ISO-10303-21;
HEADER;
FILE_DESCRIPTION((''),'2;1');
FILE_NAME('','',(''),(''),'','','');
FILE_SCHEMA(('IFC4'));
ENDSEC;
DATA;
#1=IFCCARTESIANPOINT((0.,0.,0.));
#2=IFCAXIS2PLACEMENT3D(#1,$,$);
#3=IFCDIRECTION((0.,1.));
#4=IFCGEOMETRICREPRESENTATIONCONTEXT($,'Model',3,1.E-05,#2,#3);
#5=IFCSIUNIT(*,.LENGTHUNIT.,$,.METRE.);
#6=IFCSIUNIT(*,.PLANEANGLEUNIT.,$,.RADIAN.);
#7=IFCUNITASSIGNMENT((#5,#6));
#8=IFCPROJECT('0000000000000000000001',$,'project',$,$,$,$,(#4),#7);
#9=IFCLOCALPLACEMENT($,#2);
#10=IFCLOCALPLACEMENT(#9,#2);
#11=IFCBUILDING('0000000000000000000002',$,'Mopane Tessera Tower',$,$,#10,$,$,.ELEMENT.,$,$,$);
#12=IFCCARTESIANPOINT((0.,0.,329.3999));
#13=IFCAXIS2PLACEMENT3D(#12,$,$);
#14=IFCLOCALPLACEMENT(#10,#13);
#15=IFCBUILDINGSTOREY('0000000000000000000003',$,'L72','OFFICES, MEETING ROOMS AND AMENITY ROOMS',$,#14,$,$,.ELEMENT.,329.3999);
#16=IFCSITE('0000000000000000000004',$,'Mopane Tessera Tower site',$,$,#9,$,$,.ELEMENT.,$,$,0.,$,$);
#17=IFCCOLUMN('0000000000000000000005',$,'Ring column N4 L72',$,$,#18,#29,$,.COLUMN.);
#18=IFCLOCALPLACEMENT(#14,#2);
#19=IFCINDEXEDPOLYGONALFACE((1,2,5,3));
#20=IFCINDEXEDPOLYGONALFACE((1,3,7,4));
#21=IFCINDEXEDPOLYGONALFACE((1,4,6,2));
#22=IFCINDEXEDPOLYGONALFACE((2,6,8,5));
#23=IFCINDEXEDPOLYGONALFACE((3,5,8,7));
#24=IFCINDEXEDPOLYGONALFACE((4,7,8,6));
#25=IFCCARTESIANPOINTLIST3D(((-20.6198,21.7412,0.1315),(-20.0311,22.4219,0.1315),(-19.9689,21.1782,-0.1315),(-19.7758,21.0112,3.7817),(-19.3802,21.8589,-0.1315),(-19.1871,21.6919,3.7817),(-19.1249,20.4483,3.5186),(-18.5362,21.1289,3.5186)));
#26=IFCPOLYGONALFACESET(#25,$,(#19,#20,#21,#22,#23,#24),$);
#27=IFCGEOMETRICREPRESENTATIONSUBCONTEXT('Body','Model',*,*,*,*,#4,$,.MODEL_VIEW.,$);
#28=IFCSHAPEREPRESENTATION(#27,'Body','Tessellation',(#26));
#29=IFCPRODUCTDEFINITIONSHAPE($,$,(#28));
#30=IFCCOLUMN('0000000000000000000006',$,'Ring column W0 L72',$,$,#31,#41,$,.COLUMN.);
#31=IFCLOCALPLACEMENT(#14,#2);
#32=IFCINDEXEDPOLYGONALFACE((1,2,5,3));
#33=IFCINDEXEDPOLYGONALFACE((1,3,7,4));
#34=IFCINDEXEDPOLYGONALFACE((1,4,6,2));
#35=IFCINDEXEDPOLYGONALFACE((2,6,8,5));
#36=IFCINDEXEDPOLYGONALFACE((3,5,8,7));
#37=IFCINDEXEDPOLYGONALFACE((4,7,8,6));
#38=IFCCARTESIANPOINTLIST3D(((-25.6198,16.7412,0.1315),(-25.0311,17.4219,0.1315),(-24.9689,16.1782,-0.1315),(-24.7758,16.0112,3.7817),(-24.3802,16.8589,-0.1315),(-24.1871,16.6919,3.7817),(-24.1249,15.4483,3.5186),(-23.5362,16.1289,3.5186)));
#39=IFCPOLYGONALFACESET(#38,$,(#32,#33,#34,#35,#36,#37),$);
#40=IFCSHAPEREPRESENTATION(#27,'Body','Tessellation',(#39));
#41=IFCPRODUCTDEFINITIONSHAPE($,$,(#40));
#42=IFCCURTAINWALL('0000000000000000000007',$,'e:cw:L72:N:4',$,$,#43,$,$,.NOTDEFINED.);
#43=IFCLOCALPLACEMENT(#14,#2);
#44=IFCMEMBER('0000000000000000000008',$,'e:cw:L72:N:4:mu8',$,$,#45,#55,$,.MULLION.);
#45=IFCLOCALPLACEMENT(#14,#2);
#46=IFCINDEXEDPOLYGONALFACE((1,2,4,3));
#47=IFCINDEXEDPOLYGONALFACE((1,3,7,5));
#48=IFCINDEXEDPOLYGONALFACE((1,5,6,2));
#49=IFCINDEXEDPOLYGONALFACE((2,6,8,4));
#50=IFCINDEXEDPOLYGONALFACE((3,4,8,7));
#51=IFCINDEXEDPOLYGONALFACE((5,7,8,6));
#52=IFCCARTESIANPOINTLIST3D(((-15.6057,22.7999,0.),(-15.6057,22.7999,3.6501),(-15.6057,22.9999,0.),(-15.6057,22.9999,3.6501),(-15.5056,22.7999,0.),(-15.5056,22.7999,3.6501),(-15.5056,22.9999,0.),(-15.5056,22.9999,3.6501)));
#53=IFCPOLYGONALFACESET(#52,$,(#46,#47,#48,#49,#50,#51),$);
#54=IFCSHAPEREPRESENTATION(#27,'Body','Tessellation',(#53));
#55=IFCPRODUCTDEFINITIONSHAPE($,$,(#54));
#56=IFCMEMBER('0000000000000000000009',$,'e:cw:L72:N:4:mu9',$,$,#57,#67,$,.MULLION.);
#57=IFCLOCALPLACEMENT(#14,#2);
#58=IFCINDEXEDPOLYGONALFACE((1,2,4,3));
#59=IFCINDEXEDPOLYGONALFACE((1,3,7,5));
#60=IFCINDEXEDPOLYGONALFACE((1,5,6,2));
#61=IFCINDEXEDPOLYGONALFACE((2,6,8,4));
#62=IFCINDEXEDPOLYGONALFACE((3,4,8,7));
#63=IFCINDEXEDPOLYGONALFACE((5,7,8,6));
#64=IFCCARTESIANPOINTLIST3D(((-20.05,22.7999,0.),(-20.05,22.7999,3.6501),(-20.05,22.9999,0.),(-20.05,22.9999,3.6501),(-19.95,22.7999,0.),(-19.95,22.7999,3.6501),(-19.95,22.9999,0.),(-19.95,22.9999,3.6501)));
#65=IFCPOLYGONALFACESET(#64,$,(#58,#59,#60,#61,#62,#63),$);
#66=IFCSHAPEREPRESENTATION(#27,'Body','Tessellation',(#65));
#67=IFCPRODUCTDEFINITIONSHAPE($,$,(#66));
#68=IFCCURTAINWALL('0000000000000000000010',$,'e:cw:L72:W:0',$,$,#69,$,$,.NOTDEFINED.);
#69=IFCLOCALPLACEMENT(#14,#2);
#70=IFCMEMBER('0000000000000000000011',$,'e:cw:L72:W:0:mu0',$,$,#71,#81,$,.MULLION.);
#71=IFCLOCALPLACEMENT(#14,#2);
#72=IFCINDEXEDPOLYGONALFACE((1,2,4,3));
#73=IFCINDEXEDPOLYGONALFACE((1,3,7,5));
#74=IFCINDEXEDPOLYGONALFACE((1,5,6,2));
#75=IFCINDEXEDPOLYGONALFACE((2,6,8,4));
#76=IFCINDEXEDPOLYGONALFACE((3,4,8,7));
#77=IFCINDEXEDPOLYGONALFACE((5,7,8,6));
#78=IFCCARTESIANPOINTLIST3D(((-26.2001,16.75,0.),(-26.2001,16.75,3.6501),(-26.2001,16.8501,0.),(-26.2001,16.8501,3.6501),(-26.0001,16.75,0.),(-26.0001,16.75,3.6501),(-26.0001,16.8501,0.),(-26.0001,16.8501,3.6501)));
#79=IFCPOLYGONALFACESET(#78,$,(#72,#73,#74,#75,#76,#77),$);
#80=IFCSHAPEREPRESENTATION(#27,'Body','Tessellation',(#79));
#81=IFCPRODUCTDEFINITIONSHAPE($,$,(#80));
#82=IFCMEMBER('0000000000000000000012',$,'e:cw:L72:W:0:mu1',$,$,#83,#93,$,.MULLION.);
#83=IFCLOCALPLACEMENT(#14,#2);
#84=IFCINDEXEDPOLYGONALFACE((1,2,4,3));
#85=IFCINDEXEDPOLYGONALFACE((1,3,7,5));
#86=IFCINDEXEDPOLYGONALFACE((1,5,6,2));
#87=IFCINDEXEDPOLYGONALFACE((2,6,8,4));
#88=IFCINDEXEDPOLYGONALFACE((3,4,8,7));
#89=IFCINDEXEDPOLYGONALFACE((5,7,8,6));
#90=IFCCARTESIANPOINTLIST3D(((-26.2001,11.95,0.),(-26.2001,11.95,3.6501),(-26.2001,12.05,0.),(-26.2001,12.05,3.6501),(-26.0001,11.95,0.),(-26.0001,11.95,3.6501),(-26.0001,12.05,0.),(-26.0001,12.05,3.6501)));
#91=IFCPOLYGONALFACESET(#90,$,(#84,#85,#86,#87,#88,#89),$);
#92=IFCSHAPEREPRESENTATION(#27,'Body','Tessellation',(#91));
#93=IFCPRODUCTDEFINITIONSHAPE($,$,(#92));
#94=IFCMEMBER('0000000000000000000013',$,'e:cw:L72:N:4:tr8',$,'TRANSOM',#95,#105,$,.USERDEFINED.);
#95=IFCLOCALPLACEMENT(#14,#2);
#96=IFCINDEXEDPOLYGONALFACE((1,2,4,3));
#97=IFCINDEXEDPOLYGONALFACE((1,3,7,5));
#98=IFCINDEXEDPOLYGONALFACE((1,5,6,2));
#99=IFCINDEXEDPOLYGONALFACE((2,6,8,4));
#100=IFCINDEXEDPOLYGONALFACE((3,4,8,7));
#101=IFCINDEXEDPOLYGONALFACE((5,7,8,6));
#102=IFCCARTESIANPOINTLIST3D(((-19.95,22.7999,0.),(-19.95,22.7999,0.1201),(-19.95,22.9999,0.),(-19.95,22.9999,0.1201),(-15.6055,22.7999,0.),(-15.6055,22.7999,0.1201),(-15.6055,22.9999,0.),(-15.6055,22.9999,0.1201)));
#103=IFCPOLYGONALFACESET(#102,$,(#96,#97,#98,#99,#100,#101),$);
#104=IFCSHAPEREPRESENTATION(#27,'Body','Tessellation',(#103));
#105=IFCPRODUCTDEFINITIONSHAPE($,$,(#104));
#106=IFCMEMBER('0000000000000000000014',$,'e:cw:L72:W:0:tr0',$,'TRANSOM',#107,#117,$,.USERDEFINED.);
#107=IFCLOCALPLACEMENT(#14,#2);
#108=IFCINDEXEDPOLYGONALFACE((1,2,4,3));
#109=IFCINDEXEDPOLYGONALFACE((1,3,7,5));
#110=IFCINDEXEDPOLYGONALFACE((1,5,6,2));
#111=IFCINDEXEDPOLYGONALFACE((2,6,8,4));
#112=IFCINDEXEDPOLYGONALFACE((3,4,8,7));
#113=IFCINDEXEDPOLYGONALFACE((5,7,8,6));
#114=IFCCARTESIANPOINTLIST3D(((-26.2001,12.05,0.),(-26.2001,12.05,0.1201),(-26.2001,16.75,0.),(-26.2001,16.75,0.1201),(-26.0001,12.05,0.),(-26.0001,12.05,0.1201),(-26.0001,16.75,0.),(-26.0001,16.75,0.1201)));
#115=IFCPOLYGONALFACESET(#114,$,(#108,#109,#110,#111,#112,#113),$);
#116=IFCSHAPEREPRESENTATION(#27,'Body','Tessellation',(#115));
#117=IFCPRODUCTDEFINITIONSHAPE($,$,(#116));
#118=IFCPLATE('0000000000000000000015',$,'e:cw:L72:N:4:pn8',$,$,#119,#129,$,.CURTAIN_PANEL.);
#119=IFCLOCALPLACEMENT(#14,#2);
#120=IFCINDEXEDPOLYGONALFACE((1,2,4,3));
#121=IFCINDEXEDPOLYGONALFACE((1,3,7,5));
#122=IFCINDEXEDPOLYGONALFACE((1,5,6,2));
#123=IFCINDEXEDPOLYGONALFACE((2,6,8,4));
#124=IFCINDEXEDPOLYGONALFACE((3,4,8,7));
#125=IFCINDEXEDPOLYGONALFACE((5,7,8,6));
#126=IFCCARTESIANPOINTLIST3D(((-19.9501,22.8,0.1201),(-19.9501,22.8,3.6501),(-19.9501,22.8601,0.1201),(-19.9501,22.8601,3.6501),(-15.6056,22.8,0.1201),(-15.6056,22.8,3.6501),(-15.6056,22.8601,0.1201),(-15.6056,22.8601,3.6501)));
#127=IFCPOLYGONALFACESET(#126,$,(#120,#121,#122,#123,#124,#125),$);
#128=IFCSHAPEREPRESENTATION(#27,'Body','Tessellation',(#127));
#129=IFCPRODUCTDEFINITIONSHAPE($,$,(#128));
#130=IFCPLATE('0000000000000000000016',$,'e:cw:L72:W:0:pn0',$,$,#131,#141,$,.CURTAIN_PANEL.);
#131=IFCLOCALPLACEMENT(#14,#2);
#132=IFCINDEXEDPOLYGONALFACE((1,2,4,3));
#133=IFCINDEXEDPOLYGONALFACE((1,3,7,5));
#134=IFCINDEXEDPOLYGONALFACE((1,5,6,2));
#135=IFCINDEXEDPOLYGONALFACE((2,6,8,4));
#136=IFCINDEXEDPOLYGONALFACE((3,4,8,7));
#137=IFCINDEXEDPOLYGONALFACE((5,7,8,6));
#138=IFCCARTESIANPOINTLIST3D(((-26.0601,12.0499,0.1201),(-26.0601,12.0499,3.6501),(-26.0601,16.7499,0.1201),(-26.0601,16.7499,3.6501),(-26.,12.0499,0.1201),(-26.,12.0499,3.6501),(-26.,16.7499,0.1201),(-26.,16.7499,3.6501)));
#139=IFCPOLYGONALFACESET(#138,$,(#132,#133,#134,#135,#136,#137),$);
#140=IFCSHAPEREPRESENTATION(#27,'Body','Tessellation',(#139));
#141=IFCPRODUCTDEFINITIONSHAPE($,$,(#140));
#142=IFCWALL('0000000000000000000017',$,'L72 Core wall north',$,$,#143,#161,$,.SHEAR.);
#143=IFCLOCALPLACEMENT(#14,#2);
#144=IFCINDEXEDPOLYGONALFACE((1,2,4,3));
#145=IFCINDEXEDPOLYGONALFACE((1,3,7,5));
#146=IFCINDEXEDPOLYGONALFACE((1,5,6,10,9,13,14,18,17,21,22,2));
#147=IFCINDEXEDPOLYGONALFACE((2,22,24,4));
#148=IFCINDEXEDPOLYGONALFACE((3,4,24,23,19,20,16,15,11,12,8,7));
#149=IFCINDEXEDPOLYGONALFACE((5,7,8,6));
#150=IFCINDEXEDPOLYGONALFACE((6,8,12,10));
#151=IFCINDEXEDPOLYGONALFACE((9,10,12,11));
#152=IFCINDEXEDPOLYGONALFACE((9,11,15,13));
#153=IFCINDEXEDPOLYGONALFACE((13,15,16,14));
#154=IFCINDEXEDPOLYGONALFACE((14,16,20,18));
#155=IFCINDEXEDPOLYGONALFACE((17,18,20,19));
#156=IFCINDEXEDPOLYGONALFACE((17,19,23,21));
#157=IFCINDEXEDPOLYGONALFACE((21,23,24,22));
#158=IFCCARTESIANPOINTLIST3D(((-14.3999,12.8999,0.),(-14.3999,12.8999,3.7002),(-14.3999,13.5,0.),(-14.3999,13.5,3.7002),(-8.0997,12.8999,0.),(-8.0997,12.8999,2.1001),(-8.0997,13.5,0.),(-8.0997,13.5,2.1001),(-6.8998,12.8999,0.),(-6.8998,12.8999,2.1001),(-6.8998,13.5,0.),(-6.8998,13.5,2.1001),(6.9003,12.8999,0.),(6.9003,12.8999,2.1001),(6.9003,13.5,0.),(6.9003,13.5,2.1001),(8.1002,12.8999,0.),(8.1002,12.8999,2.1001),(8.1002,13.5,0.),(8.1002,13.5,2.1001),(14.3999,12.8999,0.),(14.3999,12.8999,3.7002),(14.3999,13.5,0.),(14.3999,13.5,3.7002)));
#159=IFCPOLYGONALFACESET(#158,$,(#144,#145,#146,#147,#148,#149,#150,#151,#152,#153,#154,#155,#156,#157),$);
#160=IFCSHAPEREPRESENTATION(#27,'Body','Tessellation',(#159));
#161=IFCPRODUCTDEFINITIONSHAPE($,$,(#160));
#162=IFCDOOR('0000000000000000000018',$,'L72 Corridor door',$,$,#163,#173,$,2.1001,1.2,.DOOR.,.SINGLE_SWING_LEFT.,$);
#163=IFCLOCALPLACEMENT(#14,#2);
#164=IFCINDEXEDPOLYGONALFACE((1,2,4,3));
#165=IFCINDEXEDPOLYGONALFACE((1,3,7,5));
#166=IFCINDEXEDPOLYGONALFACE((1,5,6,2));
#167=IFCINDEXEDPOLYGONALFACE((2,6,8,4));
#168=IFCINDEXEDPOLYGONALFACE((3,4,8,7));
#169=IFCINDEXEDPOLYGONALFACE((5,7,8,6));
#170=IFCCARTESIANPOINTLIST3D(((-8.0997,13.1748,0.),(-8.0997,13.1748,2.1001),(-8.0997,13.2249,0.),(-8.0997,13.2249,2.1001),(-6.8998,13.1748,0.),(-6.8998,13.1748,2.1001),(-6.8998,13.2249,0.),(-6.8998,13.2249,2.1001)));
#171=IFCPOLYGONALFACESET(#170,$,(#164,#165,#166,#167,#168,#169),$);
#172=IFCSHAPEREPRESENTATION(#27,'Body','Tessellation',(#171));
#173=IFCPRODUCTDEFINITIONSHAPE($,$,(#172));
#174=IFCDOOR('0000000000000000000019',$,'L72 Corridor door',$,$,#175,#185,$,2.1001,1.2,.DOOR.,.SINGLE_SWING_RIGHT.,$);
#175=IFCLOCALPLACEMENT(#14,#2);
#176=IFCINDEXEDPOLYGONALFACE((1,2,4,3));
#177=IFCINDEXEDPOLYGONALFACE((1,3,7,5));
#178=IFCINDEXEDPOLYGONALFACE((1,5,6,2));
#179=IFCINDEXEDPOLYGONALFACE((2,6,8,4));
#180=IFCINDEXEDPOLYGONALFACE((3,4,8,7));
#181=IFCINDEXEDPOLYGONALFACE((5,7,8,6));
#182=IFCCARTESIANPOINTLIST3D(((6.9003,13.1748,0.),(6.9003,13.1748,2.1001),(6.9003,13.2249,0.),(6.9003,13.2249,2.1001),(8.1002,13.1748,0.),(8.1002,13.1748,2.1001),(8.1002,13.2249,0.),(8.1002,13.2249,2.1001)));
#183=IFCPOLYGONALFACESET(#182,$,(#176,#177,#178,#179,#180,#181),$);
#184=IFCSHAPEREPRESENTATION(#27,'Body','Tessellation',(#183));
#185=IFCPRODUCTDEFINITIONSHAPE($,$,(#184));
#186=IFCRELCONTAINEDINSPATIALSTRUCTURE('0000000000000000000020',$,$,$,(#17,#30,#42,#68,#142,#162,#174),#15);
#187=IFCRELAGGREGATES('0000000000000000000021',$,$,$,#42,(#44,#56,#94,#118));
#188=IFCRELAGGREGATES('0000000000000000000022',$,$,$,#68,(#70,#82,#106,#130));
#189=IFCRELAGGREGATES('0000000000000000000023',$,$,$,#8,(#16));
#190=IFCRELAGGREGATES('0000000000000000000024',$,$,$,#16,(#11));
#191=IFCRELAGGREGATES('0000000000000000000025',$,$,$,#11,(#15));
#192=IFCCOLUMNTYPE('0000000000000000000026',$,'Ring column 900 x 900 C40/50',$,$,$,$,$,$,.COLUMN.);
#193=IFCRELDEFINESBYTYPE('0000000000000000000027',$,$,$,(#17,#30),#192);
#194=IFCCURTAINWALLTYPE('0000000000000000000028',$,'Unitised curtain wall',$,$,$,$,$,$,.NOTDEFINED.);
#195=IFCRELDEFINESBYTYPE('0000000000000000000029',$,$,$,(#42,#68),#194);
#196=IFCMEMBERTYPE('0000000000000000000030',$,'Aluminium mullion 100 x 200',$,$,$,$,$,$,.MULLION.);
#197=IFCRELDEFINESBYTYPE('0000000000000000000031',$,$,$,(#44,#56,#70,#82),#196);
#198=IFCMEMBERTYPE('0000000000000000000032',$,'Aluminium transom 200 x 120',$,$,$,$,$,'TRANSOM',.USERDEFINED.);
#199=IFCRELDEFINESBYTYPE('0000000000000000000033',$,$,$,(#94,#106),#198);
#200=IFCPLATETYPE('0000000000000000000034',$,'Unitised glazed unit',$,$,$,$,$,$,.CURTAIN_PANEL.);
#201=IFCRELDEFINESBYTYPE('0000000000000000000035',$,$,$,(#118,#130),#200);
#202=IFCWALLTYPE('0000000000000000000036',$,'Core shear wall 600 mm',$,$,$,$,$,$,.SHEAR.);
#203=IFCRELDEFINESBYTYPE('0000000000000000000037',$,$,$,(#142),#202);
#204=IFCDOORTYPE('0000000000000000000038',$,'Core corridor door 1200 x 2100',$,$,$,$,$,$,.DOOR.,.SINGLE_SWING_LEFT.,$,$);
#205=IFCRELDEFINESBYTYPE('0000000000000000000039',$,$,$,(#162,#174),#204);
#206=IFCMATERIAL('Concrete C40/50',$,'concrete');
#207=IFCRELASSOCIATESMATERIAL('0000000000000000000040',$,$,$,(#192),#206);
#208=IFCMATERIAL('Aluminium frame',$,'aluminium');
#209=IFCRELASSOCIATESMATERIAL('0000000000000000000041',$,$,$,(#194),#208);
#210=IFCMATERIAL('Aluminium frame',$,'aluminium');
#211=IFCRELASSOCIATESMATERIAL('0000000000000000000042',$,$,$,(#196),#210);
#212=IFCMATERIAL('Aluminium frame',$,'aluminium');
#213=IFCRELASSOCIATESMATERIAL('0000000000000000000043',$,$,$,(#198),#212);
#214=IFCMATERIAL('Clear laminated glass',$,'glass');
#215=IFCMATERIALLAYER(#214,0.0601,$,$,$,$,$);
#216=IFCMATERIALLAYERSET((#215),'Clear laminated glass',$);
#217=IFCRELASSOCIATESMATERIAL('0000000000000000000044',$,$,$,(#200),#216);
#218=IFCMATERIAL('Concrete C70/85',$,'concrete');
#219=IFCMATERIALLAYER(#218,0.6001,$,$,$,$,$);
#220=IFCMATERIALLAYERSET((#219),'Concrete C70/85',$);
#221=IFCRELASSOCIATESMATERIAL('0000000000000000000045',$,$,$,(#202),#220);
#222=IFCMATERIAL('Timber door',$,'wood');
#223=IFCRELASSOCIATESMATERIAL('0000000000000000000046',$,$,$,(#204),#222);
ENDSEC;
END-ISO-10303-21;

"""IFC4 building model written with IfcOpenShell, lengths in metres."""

from ifc_helpers import new_model, si_unit, direction, frame, frame_2d, origin, origin_2d, place, context, subcontext, project, spatial, rectangle, extrude, material, layer, layer_set, material_profile, profile_set, type_object, element, fill, aggregate, save


model = new_model("IFC4")

# Units and contexts
model_context = context("Model", 3, precision=1e-05, world=origin(), true_north=direction((0.0, 1.0)))
body_context = subcontext(model_context, "Body", "Model", "MODEL_VIEW")
ifc_project = project(units=[si_unit("LENGTHUNIT", "METRE"), si_unit("PLANEANGLEUNIT", "RADIAN")], contexts=[model_context])

# Site, building, storey
site_placement = place(None, origin())
site = spatial("IfcSite", under=ifc_project, at=site_placement, Name="Mopane Tessera Tower site", CompositionType="ELEMENT", RefElevation=0.0)
building_placement = place(site_placement, origin())
building = spatial("IfcBuilding", under=site, at=building_placement, Name="Mopane Tessera Tower", CompositionType="ELEMENT")
storey_placement = place(building_placement, frame((0.0, 0.0, 329.3999)))
storey = spatial("IfcBuildingStorey", under=building, at=storey_placement, Name="L72", Description="OFFICES, MEETING ROOMS AND AMENITY ROOMS", CompositionType="ELEMENT", Elevation=329.3999)

# Columns
ifc_material_1 = material(Name="Concrete C40/50", Category="concrete")
ifc_material_profile_1 = material_profile(ifc_material_1, rectangle(XDim=0.8999, YDim=0.8999, at=origin_2d()))
ifc_profile_set_1 = profile_set([ifc_material_profile_1], Name="Concrete C40/50")
column_type = type_object("IfcColumnType", Name="Ring column 900 x 900 C40/50", PredefinedType="COLUMN", material=ifc_profile_set_1)
for number, where, z_axis, x_axis, name in (
    (1, (-20.0, 21.8, 0.0), (0.22112, -0.191249, 0.95631), (0.654172, 0.756346, 0.0), "Ring column N4 L72"),
    (2, (-25.0, 16.8, 0.0), (0.22112, -0.191249, 0.95631), (0.654172, 0.756346, 0.0), "Ring column W0 L72"),
):
    element("IfcColumn", number, at=place(storey_placement, frame(where, z_axis=z_axis, x_axis=x_axis)), inside=storey, type_object=column_type, Name=name, PredefinedType="COLUMN", context=body_context, shape_type="SweptSolid", body=[
        extrude(rectangle(XDim=0.8999, YDim=0.8999, at=origin_2d()), origin(), (0.0, 0.0, 1.0), 3.8169),
    ])

# Curtain walls, members
ifc_material_2 = material(Name="Aluminium frame", Category="aluminium")
curtain_wall_type = type_object("IfcCurtainWallType", Name="Unitised curtain wall", PredefinedType="NOTDEFINED", material=ifc_material_2)
curtain_wall_1_placement = place(storey_placement, origin())
curtain_wall_1 = element("IfcCurtainWall", 3, at=curtain_wall_1_placement, inside=storey, type_object=curtain_wall_type, Name="e:cw:L72:N:4", PredefinedType="NOTDEFINED")
ifc_material_3 = material(Name="Aluminium frame", Category="aluminium")
ifc_material_profile_2 = material_profile(ifc_material_3, rectangle(XDim=0.1001, YDim=0.2, at=origin_2d()))
ifc_profile_set_2 = profile_set([ifc_material_profile_2], Name="Aluminium frame")
member_type_1 = type_object("IfcMemberType", Name="Aluminium mullion 100 x 200", PredefinedType="MULLION", material=ifc_profile_set_2)
member_1_placement = place(storey_placement, frame((-15.5557, 22.8999, 0.0), z_axis=(0.0, 0.0, 1.0), x_axis=(-1.0, 0.0, 0.0)))
member_1 = element("IfcMember", 4, at=member_1_placement, type_object=member_type_1, Name="e:cw:L72:N:4:mu8", PredefinedType="MULLION", context=body_context, shape_type="SweptSolid", body=[
    extrude(rectangle(XDim=0.1001, YDim=0.2, at=origin_2d()), origin(), (0.0, 0.0, 1.0), 3.6501),
])
member_2_placement = place(storey_placement, frame((-20.0, 22.8999, 0.0), z_axis=(0.0, 0.0, 1.0), x_axis=(-1.0, 0.0, 0.0)))
member_2 = element("IfcMember", 5, at=member_2_placement, type_object=member_type_1, Name="e:cw:L72:N:4:mu9", PredefinedType="MULLION", context=body_context, shape_type="SweptSolid", body=[
    extrude(rectangle(XDim=0.1001, YDim=0.2, at=origin_2d()), origin(), (0.0, 0.0, 1.0), 3.6501),
])
curtain_wall_2_placement = place(storey_placement, origin())
curtain_wall_2 = element("IfcCurtainWall", 6, at=curtain_wall_2_placement, inside=storey, type_object=curtain_wall_type, Name="e:cw:L72:W:0", PredefinedType="NOTDEFINED")
member_3_placement = place(storey_placement, frame((-26.1001, 16.8, 0.0), z_axis=(0.0, 0.0, 1.0), x_axis=(0.0, -1.0, 0.0)))
member_3 = element("IfcMember", 7, at=member_3_placement, type_object=member_type_1, Name="e:cw:L72:W:0:mu0", PredefinedType="MULLION", context=body_context, shape_type="SweptSolid", body=[
    extrude(rectangle(XDim=0.1001, YDim=0.2, at=origin_2d()), origin(), (0.0, 0.0, 1.0), 3.6501),
])
member_4_placement = place(storey_placement, frame((-26.1001, 12.0, 0.0), z_axis=(0.0, 0.0, 1.0), x_axis=(0.0, -1.0, 0.0)))
member_4 = element("IfcMember", 8, at=member_4_placement, type_object=member_type_1, Name="e:cw:L72:W:0:mu1", PredefinedType="MULLION", context=body_context, shape_type="SweptSolid", body=[
    extrude(rectangle(XDim=0.1001, YDim=0.2, at=origin_2d()), origin(), (0.0, 0.0, 1.0), 3.6501),
])

# Members
ifc_material_4 = material(Name="Aluminium frame", Category="aluminium")
ifc_material_profile_3 = material_profile(ifc_material_4, rectangle(XDim=0.2, YDim=0.1201, at=origin_2d()))
ifc_profile_set_3 = profile_set([ifc_material_profile_3], Name="Aluminium frame")
member_type_2 = type_object("IfcMemberType", Name="Aluminium transom 200 x 120", ElementType="TRANSOM", PredefinedType="USERDEFINED", material=ifc_profile_set_3)
member_5_placement = place(storey_placement, frame((-15.6055, 22.8999, 0.0601), z_axis=(-1.0, 0.0, 0.0), x_axis=(0.0, -1.0, 0.0)))
member_5 = element("IfcMember", 9, at=member_5_placement, type_object=member_type_2, Name="e:cw:L72:N:4:tr8", ObjectType="TRANSOM", PredefinedType="USERDEFINED", context=body_context, shape_type="SweptSolid", body=[
    extrude(rectangle(XDim=0.2, YDim=0.1201, at=origin_2d()), origin(), (0.0, 0.0, 1.0), 4.3445),
])
member_6_placement = place(storey_placement, frame((-26.1001, 16.75, 0.0601), z_axis=(0.0, -1.0, 0.0), x_axis=(1.0, 0.0, 0.0)))
member_6 = element("IfcMember", 10, at=member_6_placement, type_object=member_type_2, Name="e:cw:L72:W:0:tr0", ObjectType="TRANSOM", PredefinedType="USERDEFINED", context=body_context, shape_type="SweptSolid", body=[
    extrude(rectangle(XDim=0.2, YDim=0.1201, at=origin_2d()), origin(), (0.0, 0.0, 1.0), 4.7),
])

# Plates
ifc_material_5 = material(Name="Clear laminated glass", Category="glass")
ifc_layer_1 = layer(ifc_material_5, 0.0601)
ifc_layer_set_1 = layer_set([ifc_layer_1], Name="Clear laminated glass")
plate_type = type_object("IfcPlateType", Name="Unitised glazed unit", PredefinedType="CURTAIN_PANEL", material=ifc_layer_set_1)
plate_1_placement = place(storey_placement, frame((-17.7778, 22.8301, 0.1201), z_axis=(0.0, 0.0, 1.0), x_axis=(-1.0, 0.0, 0.0)))
plate_1 = element("IfcPlate", 11, at=plate_1_placement, type_object=plate_type, Name="e:cw:L72:N:4:pn8", PredefinedType="CURTAIN_PANEL", context=body_context, shape_type="SweptSolid", body=[
    extrude(rectangle(XDim=4.3445, YDim=0.0601, at=origin_2d()), origin(), (0.0, 0.0, 1.0), 3.53),
])
aggregate(curtain_wall_1, [member_1, member_2, member_5, plate_1])
plate_2_placement = place(storey_placement, frame((-26.03, 14.3999, 0.1201), z_axis=(0.0, 0.0, 1.0), x_axis=(0.0, -1.0, 0.0)))
plate_2 = element("IfcPlate", 12, at=plate_2_placement, type_object=plate_type, Name="e:cw:L72:W:0:pn0", PredefinedType="CURTAIN_PANEL", context=body_context, shape_type="SweptSolid", body=[
    extrude(rectangle(XDim=4.7, YDim=0.0601, at=origin_2d()), origin(), (0.0, 0.0, 1.0), 3.53),
])
aggregate(curtain_wall_2, [member_3, member_4, member_6, plate_2])

# Wall, openings, doors
ifc_material_6 = material(Name="Concrete C70/85", Category="concrete")
ifc_layer_2 = layer(ifc_material_6, 0.6001)
ifc_layer_set_2 = layer_set([ifc_layer_2], Name="Concrete C70/85")
wall_type_1 = type_object("IfcWallType", Name="Core shear wall 600 mm", PredefinedType="SHEAR", material=ifc_layer_set_2)
wall_1_placement = place(storey_placement, frame((-14.3999, 13.2, 0.0), z_axis=(0.0, 0.0, 1.0), x_axis=(1.0, 0.0, 0.0)))
wall_1 = element("IfcWall", 13, at=wall_1_placement, inside=storey, type_object=wall_type_1, Name="L72 Core wall north", PredefinedType="SHEAR", context=body_context, shape_type="SweptSolid", body=[
    extrude(rectangle(XDim=28.7998, YDim=0.6001, at=frame_2d((14.3999, 0.0))), origin(), (0.0, 0.0, 1.0), 3.7002),
])
opening_1_placement = place(wall_1_placement, frame((6.3, 0.0, 0.0)))
opening_1 = element("IfcOpeningElement", 14, at=opening_1_placement, cuts=wall_1, PredefinedType="OPENING", context=body_context, shape_type="SweptSolid", body=[
    extrude(rectangle(XDim=1.2, YDim=2.1001, at=frame_2d((0.6001, 1.05))), frame((0.0, 0.312, 0.0), z_axis=(0.0, -1.0, 0.0), x_axis=(1.0, 0.0, 0.0)), (0.0, 0.0, 1.0), 0.624),
])
opening_2_placement = place(wall_1_placement, frame((21.3, 0.0, 0.0)))
opening_2 = element("IfcOpeningElement", 15, at=opening_2_placement, cuts=wall_1, PredefinedType="OPENING", context=body_context, shape_type="SweptSolid", body=[
    extrude(rectangle(XDim=1.2, YDim=2.1001, at=frame_2d((0.6001, 1.05))), frame((0.0, 0.312, 0.0), z_axis=(0.0, -1.0, 0.0), x_axis=(1.0, 0.0, 0.0)), (0.0, 0.0, 1.0), 0.624),
])
ifc_material_7 = material(Name="Timber door", Category="wood")
door_type_1 = type_object("IfcDoorType", Name="Core corridor door 1200 x 2100", OperationType="SINGLE_SWING_LEFT", PredefinedType="DOOR", material=ifc_material_7)
door_1_placement = place(opening_1_placement, origin())
door_1 = element("IfcDoor", 16, at=door_1_placement, inside=storey, type_object=door_type_1, Name="L72 Corridor door", OperationType="SINGLE_SWING_LEFT", OverallHeight=2.1001, OverallWidth=1.2, PredefinedType="DOOR", context=body_context, shape_type="SweptSolid", body=[
    extrude(rectangle(XDim=1.2, YDim=2.1001, at=frame_2d((0.6001, 1.05))), frame((0.0, 0.0249, 0.0), z_axis=(0.0, -1.0, 0.0), x_axis=(1.0, 0.0, 0.0)), (0.0, 0.0, 1.0), 0.05),
])
fill(opening_1, door_1)
door_2_placement = place(opening_2_placement, origin())
door_2 = element("IfcDoor", 17, at=door_2_placement, inside=storey, type_object=door_type_1, Name="L72 Corridor door", OperationType="SINGLE_SWING_RIGHT", OverallHeight=2.1001, OverallWidth=1.2, PredefinedType="DOOR", context=body_context, shape_type="SweptSolid", body=[
    extrude(rectangle(XDim=1.2, YDim=2.1001, at=frame_2d((0.6001, 1.05))), frame((0.0, 0.0249, 0.0), z_axis=(0.0, -1.0, 0.0), x_axis=(1.0, 0.0, 0.0)), (0.0, 0.0, 1.0), 0.05),
])
fill(opening_2, door_2)

save(model, "model.ifc")
